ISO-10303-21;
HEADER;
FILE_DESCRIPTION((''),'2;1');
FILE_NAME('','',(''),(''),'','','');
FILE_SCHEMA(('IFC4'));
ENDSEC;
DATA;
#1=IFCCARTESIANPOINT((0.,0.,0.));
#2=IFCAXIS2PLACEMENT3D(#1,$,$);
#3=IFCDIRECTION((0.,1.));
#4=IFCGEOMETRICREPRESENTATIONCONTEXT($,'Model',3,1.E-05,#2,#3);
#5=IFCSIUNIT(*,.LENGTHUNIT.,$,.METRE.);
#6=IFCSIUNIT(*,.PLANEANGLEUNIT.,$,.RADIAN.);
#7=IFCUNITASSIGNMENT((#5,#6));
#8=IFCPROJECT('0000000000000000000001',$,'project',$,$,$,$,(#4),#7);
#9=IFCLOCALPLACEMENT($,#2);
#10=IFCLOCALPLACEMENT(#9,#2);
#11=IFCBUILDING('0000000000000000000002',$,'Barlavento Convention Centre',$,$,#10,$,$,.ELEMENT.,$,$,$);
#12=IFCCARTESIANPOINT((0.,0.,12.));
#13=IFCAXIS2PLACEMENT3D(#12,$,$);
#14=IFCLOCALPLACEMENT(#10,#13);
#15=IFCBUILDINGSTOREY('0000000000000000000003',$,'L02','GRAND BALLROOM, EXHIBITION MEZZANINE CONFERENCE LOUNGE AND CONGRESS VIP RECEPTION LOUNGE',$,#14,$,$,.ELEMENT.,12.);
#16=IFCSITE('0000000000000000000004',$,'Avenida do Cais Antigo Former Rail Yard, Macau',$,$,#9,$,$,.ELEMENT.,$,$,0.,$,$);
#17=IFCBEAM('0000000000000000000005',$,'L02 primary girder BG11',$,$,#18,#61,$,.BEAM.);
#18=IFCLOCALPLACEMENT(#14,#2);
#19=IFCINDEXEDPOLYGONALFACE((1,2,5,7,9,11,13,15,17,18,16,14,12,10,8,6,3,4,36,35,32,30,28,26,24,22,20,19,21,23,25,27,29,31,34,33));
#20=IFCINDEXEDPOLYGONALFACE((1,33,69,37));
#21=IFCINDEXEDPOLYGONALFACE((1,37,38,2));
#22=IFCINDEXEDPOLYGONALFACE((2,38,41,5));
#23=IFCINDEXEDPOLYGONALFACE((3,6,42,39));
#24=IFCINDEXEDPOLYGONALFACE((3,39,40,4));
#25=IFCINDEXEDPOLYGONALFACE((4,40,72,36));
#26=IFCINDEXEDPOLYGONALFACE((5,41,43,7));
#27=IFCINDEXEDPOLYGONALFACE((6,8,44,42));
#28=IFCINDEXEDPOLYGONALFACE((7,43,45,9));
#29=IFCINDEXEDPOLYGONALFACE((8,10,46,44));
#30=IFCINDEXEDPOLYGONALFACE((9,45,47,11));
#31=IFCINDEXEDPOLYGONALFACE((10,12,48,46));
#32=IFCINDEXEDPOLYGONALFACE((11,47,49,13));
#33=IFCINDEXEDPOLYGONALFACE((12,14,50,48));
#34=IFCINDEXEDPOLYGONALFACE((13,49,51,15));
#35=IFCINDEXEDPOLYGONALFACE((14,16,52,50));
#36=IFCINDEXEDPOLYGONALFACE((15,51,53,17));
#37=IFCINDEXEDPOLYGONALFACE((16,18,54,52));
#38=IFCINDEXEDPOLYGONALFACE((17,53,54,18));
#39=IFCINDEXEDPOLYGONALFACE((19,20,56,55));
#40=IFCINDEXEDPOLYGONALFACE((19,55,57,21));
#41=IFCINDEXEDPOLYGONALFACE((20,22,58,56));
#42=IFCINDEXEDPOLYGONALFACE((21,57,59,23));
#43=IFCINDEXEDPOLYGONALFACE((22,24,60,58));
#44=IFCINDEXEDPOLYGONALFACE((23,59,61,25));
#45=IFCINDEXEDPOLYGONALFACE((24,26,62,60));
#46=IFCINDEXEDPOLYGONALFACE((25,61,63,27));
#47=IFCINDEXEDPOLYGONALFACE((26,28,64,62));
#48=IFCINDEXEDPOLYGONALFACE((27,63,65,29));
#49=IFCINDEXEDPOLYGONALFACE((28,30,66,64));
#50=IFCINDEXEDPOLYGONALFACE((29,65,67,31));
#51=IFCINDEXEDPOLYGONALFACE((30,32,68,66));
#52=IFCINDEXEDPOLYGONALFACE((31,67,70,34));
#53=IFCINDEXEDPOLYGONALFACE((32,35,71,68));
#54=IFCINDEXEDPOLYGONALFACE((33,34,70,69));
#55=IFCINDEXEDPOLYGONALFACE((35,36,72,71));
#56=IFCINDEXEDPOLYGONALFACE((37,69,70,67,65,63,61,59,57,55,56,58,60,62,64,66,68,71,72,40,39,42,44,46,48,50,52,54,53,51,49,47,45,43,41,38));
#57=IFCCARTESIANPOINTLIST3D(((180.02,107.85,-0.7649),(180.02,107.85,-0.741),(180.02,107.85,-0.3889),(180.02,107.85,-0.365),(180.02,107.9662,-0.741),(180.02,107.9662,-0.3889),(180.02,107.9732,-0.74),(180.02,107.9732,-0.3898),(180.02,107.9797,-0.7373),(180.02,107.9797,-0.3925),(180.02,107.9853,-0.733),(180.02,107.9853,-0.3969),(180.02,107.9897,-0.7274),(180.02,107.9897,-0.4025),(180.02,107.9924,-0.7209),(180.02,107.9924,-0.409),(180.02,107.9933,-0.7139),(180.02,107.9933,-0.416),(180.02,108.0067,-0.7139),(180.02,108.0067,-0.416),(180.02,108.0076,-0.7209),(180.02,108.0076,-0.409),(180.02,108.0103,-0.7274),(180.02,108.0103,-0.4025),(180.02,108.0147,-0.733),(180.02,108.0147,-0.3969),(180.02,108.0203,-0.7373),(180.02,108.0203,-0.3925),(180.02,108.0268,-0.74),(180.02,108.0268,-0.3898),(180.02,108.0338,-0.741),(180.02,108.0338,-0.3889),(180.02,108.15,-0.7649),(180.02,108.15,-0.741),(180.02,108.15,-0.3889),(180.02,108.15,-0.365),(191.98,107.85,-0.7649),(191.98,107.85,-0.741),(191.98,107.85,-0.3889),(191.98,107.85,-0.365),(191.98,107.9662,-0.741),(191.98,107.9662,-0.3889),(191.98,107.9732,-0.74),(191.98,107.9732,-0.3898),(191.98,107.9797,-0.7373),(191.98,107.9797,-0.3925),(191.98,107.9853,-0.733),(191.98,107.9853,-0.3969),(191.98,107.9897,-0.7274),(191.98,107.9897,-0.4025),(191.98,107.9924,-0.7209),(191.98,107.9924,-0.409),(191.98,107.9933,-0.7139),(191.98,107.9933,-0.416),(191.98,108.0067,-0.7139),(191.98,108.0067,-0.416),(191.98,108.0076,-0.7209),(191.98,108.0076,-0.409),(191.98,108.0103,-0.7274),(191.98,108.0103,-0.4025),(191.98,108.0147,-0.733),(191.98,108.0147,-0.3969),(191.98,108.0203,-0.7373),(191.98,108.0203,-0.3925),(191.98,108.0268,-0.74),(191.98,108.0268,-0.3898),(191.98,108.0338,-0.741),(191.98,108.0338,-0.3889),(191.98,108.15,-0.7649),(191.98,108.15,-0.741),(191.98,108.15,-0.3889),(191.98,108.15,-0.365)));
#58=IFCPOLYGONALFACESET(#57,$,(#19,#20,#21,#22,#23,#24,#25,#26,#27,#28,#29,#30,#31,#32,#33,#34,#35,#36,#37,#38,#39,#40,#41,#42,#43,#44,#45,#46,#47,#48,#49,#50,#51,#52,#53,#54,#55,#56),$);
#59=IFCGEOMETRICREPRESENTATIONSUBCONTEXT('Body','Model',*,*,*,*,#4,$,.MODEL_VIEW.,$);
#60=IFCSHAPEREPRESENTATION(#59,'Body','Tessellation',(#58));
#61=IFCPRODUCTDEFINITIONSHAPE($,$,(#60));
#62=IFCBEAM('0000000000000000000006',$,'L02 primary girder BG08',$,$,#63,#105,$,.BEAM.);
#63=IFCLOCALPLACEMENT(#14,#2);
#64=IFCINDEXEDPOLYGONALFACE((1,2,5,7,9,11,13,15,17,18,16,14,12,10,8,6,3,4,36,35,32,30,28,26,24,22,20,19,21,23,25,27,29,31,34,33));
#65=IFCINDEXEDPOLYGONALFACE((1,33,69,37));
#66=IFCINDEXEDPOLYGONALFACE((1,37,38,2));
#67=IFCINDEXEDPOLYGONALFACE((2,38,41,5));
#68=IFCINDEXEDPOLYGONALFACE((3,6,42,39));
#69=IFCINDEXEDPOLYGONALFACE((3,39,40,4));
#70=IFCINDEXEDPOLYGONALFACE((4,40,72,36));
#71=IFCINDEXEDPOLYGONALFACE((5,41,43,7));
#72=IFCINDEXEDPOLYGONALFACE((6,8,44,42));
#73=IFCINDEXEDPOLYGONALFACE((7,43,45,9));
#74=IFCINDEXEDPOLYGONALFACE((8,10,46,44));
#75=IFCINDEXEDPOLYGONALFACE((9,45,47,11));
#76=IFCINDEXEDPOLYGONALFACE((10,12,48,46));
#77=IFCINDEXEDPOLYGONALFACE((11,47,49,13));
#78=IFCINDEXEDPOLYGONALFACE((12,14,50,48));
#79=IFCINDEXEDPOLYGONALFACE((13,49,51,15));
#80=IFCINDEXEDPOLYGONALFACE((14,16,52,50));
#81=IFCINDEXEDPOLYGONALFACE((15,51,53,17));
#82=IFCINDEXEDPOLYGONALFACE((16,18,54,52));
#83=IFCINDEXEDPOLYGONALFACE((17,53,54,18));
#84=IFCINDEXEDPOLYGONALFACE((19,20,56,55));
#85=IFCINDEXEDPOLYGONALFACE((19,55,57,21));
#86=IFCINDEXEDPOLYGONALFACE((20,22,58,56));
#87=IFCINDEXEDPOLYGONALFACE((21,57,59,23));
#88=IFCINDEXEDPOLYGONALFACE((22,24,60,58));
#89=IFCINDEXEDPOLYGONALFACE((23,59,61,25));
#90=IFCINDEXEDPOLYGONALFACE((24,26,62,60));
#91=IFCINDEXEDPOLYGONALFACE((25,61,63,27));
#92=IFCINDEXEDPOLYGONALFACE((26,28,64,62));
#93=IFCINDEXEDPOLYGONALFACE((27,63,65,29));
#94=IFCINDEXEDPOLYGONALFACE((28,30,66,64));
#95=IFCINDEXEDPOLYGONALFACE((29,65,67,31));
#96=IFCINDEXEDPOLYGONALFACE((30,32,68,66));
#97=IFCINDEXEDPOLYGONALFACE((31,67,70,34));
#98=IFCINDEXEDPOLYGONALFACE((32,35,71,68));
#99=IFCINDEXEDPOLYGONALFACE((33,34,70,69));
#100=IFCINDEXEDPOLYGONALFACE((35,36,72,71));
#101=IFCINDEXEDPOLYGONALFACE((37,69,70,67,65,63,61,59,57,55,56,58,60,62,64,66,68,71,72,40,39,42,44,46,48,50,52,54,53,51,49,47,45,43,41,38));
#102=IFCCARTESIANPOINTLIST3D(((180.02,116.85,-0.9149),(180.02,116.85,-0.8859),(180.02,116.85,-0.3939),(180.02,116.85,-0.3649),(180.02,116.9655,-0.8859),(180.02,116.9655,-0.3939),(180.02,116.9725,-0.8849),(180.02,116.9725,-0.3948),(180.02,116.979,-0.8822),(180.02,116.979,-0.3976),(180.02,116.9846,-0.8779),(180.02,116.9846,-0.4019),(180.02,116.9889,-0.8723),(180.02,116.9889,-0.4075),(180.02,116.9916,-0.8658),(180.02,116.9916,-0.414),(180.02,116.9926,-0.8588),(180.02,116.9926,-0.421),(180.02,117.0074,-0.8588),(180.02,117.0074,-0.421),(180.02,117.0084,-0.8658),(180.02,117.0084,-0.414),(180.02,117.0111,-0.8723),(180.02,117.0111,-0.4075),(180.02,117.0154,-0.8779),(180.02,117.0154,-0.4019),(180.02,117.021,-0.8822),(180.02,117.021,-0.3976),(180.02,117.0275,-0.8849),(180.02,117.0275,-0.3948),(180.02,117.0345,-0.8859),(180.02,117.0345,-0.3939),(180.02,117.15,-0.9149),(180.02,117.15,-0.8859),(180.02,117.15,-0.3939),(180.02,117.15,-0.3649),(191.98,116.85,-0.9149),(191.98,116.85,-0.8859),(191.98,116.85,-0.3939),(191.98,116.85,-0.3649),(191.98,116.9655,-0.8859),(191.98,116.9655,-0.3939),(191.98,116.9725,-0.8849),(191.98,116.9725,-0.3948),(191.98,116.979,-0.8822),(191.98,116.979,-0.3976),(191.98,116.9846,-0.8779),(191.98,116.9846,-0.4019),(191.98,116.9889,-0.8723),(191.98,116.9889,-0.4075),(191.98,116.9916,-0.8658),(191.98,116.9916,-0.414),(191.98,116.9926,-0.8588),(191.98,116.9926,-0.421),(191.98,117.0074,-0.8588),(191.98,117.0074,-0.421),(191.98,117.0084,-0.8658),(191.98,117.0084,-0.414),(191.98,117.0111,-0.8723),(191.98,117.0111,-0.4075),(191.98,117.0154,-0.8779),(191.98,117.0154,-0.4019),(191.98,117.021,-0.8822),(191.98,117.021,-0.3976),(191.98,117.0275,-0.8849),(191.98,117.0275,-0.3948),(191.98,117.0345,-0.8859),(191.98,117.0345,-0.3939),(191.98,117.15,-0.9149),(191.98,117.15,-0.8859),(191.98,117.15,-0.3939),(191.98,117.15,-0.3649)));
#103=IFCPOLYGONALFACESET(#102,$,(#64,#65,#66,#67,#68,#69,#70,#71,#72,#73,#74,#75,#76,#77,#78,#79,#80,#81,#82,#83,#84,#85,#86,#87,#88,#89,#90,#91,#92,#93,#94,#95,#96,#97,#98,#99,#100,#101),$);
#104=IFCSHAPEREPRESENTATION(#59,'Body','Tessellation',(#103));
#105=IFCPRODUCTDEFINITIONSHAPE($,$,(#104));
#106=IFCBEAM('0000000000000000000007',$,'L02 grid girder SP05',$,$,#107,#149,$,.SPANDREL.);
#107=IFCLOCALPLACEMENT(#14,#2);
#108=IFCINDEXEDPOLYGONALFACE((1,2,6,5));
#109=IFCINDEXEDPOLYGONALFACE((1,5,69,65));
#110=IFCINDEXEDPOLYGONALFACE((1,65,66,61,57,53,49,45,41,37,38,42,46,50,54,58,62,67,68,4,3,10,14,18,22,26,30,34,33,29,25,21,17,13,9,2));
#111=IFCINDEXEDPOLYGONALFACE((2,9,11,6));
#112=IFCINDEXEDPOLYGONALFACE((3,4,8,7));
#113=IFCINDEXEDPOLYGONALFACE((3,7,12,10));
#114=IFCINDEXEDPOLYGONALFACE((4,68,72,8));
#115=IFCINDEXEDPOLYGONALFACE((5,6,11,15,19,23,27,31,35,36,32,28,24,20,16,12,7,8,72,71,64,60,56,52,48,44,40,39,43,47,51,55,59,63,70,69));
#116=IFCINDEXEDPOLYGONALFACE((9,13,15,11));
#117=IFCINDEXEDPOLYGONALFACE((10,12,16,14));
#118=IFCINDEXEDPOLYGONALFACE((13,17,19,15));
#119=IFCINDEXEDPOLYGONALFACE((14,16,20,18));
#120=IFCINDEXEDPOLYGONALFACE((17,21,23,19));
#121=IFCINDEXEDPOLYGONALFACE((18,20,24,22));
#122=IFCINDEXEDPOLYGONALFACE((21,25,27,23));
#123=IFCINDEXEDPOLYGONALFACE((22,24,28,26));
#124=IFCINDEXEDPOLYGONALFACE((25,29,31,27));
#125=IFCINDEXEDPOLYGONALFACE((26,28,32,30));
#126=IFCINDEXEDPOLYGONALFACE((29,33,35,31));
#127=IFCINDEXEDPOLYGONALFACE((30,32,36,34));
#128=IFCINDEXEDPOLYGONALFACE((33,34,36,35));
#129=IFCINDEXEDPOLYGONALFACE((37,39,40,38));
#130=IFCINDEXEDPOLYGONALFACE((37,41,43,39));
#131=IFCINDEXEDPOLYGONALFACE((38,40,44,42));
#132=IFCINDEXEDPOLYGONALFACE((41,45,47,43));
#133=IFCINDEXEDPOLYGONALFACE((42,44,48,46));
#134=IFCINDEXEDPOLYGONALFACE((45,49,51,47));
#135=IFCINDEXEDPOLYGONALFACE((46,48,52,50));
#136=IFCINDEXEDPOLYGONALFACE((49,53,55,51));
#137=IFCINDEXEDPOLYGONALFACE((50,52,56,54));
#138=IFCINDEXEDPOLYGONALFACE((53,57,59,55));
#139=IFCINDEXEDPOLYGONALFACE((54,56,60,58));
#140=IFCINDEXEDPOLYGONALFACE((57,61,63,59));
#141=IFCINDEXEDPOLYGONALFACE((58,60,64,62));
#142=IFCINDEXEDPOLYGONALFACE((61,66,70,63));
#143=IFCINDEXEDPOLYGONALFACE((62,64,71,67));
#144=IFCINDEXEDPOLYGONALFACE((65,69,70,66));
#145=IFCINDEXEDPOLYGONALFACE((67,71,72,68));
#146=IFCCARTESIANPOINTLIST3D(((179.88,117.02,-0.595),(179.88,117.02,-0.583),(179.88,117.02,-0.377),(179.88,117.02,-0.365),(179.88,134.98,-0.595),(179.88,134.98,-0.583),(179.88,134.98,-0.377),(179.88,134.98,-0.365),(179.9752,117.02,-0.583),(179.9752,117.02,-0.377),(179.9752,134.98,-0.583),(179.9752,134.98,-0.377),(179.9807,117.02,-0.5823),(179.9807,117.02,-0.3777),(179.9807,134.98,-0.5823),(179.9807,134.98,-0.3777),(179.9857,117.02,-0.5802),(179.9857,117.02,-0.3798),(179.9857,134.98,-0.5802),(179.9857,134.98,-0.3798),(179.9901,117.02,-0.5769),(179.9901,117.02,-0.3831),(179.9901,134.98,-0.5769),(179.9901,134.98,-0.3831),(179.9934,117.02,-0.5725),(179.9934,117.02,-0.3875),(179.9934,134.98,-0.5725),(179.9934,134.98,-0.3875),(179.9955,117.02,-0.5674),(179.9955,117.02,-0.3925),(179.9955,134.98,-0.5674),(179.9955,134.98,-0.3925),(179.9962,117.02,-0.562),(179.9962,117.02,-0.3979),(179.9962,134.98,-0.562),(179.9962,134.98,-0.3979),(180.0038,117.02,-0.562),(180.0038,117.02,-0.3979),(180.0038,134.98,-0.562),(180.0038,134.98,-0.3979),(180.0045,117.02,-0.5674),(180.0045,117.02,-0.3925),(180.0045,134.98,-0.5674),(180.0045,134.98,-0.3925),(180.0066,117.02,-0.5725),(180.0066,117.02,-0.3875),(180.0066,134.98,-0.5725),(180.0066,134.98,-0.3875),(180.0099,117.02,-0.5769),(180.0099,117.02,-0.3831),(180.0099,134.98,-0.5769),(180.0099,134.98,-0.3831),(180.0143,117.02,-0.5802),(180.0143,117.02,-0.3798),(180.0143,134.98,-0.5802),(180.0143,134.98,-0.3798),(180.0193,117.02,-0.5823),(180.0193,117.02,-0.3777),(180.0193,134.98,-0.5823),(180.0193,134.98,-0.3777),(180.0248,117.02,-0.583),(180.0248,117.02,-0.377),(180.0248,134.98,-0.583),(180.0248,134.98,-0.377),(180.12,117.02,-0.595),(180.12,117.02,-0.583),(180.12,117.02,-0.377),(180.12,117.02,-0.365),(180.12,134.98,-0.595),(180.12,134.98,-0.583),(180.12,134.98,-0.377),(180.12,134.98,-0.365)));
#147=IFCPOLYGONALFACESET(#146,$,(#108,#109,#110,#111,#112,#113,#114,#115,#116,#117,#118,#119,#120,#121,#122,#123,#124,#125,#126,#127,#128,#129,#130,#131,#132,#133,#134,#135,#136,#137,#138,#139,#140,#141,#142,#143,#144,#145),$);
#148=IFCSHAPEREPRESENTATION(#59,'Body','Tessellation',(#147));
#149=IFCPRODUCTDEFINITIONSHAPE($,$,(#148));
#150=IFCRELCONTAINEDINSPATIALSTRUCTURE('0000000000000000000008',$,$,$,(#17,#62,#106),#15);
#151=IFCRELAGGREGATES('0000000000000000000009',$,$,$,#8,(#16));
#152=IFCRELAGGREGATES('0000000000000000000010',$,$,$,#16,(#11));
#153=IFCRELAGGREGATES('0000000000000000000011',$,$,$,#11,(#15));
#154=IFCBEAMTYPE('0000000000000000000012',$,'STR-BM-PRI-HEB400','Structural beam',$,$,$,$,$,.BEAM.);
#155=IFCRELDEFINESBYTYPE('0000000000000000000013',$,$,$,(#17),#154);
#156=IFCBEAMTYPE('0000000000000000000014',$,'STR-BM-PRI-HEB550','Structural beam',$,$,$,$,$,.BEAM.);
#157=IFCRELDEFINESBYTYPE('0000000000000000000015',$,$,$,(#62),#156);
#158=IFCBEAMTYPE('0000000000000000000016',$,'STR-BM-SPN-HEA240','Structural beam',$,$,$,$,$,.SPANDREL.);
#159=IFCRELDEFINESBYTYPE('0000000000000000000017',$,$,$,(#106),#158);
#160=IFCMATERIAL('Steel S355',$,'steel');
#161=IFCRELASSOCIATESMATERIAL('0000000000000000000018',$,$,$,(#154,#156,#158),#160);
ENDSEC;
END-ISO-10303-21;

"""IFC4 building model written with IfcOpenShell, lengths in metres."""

from ifc_helpers import new_model, si_unit, direction, frame, origin, origin_2d, place, context, subcontext, project, spatial, i_section, extrude, material, material_profile, profile_set, type_object, element, save


model = new_model("IFC4")

# Units and contexts
model_context = context("Model", 3, precision=1e-05, world=origin(), true_north=direction((0.0, 1.0)))
body_context = subcontext(model_context, "Body", "Model", "MODEL_VIEW")
ifc_project = project(units=[si_unit("LENGTHUNIT", "METRE"), si_unit("PLANEANGLEUNIT", "RADIAN")], contexts=[model_context])

# Site, building, storey
site_placement = place(None, origin())
site = spatial("IfcSite", under=ifc_project, at=site_placement, Name="Avenida do Cais Antigo Former Rail Yard, Macau", CompositionType="ELEMENT", RefElevation=0.0)
building_placement = place(site_placement, origin())
building = spatial("IfcBuilding", under=site, at=building_placement, Name="Barlavento Convention Centre", CompositionType="ELEMENT")
storey_placement = place(building_placement, frame((0.0, 0.0, 12.0)))
storey = spatial("IfcBuildingStorey", under=building, at=storey_placement, Name="L02", Description="GRAND BALLROOM, EXHIBITION MEZZANINE CONFERENCE LOUNGE AND CONGRESS VIP RECEPTION LOUNGE", CompositionType="ELEMENT", Elevation=12.0)

# Beams
ifc_material_1 = material(Name="Steel S355", Category="steel")
ifc_material_profile_1 = material_profile(ifc_material_1, i_section(OverallWidth=0.3, OverallDepth=0.3999, WebThickness=0.0134, FlangeThickness=0.0239, FilletRadius=0.0271, at=origin_2d()), Name="HEB 400")
ifc_profile_set_1 = profile_set([ifc_material_profile_1], Name="Steel S355")
beam_type_1 = type_object("IfcBeamType", Name="STR-BM-PRI-HEB400", Description="Structural beam", PredefinedType="BEAM", material=ifc_profile_set_1)
beam_1_placement = place(storey_placement, frame((180.02, 108.0, -0.5649), z_axis=(1.0, 0.0, 0.0), x_axis=(0.0, 1.0, 0.0)))
element("IfcBeam", 1, at=beam_1_placement, inside=storey, type_object=beam_type_1, Name="L02 primary girder BG11", PredefinedType="BEAM", context=body_context, shape_type="SweptSolid", body=[
    extrude(i_section(OverallWidth=0.3, OverallDepth=0.3999, WebThickness=0.0134, FlangeThickness=0.0239, FilletRadius=0.0271, at=origin_2d()), origin(), (0.0, 0.0, 1.0), 11.96),
])
ifc_material_profile_2 = material_profile(ifc_material_1, i_section(OverallWidth=0.3, OverallDepth=0.55, WebThickness=0.0149, FlangeThickness=0.0291, FilletRadius=0.0271, at=origin_2d()), Name="HEB 550")
ifc_profile_set_2 = profile_set([ifc_material_profile_2], Name="Steel S355")
beam_type_2 = type_object("IfcBeamType", Name="STR-BM-PRI-HEB550", Description="Structural beam", PredefinedType="BEAM", material=ifc_profile_set_2)
beam_2_placement = place(storey_placement, frame((180.02, 117.0, -0.6399), z_axis=(1.0, 0.0, 0.0), x_axis=(0.0, 1.0, 0.0)))
element("IfcBeam", 2, at=beam_2_placement, inside=storey, type_object=beam_type_2, Name="L02 primary girder BG08", PredefinedType="BEAM", context=body_context, shape_type="SweptSolid", body=[
    extrude(i_section(OverallWidth=0.3, OverallDepth=0.55, WebThickness=0.0149, FlangeThickness=0.0291, FilletRadius=0.0271, at=origin_2d()), origin(), (0.0, 0.0, 1.0), 11.96),
])
ifc_material_profile_3 = material_profile(ifc_material_1, i_section(OverallWidth=0.24, OverallDepth=0.23, WebThickness=0.0076, FlangeThickness=0.012, FilletRadius=0.021, at=origin_2d()), Name="HEA 240")
ifc_profile_set_3 = profile_set([ifc_material_profile_3], Name="Steel S355")
beam_type_3 = type_object("IfcBeamType", Name="STR-BM-SPN-HEA240", Description="Structural beam", PredefinedType="SPANDREL", material=ifc_profile_set_3)
beam_3_placement = place(storey_placement, frame((180.0, 117.02, -0.48), z_axis=(0.0, 1.0, 0.0), x_axis=(-1.0, 0.0, 0.0)))
element("IfcBeam", 3, at=beam_3_placement, inside=storey, type_object=beam_type_3, Name="L02 grid girder SP05", PredefinedType="SPANDREL", context=body_context, shape_type="SweptSolid", body=[
    extrude(i_section(OverallWidth=0.24, OverallDepth=0.23, WebThickness=0.0076, FlangeThickness=0.012, FilletRadius=0.021, at=origin_2d()), origin(), (0.0, 0.0, 1.0), 17.96),
])

save(model, "model.ifc")
